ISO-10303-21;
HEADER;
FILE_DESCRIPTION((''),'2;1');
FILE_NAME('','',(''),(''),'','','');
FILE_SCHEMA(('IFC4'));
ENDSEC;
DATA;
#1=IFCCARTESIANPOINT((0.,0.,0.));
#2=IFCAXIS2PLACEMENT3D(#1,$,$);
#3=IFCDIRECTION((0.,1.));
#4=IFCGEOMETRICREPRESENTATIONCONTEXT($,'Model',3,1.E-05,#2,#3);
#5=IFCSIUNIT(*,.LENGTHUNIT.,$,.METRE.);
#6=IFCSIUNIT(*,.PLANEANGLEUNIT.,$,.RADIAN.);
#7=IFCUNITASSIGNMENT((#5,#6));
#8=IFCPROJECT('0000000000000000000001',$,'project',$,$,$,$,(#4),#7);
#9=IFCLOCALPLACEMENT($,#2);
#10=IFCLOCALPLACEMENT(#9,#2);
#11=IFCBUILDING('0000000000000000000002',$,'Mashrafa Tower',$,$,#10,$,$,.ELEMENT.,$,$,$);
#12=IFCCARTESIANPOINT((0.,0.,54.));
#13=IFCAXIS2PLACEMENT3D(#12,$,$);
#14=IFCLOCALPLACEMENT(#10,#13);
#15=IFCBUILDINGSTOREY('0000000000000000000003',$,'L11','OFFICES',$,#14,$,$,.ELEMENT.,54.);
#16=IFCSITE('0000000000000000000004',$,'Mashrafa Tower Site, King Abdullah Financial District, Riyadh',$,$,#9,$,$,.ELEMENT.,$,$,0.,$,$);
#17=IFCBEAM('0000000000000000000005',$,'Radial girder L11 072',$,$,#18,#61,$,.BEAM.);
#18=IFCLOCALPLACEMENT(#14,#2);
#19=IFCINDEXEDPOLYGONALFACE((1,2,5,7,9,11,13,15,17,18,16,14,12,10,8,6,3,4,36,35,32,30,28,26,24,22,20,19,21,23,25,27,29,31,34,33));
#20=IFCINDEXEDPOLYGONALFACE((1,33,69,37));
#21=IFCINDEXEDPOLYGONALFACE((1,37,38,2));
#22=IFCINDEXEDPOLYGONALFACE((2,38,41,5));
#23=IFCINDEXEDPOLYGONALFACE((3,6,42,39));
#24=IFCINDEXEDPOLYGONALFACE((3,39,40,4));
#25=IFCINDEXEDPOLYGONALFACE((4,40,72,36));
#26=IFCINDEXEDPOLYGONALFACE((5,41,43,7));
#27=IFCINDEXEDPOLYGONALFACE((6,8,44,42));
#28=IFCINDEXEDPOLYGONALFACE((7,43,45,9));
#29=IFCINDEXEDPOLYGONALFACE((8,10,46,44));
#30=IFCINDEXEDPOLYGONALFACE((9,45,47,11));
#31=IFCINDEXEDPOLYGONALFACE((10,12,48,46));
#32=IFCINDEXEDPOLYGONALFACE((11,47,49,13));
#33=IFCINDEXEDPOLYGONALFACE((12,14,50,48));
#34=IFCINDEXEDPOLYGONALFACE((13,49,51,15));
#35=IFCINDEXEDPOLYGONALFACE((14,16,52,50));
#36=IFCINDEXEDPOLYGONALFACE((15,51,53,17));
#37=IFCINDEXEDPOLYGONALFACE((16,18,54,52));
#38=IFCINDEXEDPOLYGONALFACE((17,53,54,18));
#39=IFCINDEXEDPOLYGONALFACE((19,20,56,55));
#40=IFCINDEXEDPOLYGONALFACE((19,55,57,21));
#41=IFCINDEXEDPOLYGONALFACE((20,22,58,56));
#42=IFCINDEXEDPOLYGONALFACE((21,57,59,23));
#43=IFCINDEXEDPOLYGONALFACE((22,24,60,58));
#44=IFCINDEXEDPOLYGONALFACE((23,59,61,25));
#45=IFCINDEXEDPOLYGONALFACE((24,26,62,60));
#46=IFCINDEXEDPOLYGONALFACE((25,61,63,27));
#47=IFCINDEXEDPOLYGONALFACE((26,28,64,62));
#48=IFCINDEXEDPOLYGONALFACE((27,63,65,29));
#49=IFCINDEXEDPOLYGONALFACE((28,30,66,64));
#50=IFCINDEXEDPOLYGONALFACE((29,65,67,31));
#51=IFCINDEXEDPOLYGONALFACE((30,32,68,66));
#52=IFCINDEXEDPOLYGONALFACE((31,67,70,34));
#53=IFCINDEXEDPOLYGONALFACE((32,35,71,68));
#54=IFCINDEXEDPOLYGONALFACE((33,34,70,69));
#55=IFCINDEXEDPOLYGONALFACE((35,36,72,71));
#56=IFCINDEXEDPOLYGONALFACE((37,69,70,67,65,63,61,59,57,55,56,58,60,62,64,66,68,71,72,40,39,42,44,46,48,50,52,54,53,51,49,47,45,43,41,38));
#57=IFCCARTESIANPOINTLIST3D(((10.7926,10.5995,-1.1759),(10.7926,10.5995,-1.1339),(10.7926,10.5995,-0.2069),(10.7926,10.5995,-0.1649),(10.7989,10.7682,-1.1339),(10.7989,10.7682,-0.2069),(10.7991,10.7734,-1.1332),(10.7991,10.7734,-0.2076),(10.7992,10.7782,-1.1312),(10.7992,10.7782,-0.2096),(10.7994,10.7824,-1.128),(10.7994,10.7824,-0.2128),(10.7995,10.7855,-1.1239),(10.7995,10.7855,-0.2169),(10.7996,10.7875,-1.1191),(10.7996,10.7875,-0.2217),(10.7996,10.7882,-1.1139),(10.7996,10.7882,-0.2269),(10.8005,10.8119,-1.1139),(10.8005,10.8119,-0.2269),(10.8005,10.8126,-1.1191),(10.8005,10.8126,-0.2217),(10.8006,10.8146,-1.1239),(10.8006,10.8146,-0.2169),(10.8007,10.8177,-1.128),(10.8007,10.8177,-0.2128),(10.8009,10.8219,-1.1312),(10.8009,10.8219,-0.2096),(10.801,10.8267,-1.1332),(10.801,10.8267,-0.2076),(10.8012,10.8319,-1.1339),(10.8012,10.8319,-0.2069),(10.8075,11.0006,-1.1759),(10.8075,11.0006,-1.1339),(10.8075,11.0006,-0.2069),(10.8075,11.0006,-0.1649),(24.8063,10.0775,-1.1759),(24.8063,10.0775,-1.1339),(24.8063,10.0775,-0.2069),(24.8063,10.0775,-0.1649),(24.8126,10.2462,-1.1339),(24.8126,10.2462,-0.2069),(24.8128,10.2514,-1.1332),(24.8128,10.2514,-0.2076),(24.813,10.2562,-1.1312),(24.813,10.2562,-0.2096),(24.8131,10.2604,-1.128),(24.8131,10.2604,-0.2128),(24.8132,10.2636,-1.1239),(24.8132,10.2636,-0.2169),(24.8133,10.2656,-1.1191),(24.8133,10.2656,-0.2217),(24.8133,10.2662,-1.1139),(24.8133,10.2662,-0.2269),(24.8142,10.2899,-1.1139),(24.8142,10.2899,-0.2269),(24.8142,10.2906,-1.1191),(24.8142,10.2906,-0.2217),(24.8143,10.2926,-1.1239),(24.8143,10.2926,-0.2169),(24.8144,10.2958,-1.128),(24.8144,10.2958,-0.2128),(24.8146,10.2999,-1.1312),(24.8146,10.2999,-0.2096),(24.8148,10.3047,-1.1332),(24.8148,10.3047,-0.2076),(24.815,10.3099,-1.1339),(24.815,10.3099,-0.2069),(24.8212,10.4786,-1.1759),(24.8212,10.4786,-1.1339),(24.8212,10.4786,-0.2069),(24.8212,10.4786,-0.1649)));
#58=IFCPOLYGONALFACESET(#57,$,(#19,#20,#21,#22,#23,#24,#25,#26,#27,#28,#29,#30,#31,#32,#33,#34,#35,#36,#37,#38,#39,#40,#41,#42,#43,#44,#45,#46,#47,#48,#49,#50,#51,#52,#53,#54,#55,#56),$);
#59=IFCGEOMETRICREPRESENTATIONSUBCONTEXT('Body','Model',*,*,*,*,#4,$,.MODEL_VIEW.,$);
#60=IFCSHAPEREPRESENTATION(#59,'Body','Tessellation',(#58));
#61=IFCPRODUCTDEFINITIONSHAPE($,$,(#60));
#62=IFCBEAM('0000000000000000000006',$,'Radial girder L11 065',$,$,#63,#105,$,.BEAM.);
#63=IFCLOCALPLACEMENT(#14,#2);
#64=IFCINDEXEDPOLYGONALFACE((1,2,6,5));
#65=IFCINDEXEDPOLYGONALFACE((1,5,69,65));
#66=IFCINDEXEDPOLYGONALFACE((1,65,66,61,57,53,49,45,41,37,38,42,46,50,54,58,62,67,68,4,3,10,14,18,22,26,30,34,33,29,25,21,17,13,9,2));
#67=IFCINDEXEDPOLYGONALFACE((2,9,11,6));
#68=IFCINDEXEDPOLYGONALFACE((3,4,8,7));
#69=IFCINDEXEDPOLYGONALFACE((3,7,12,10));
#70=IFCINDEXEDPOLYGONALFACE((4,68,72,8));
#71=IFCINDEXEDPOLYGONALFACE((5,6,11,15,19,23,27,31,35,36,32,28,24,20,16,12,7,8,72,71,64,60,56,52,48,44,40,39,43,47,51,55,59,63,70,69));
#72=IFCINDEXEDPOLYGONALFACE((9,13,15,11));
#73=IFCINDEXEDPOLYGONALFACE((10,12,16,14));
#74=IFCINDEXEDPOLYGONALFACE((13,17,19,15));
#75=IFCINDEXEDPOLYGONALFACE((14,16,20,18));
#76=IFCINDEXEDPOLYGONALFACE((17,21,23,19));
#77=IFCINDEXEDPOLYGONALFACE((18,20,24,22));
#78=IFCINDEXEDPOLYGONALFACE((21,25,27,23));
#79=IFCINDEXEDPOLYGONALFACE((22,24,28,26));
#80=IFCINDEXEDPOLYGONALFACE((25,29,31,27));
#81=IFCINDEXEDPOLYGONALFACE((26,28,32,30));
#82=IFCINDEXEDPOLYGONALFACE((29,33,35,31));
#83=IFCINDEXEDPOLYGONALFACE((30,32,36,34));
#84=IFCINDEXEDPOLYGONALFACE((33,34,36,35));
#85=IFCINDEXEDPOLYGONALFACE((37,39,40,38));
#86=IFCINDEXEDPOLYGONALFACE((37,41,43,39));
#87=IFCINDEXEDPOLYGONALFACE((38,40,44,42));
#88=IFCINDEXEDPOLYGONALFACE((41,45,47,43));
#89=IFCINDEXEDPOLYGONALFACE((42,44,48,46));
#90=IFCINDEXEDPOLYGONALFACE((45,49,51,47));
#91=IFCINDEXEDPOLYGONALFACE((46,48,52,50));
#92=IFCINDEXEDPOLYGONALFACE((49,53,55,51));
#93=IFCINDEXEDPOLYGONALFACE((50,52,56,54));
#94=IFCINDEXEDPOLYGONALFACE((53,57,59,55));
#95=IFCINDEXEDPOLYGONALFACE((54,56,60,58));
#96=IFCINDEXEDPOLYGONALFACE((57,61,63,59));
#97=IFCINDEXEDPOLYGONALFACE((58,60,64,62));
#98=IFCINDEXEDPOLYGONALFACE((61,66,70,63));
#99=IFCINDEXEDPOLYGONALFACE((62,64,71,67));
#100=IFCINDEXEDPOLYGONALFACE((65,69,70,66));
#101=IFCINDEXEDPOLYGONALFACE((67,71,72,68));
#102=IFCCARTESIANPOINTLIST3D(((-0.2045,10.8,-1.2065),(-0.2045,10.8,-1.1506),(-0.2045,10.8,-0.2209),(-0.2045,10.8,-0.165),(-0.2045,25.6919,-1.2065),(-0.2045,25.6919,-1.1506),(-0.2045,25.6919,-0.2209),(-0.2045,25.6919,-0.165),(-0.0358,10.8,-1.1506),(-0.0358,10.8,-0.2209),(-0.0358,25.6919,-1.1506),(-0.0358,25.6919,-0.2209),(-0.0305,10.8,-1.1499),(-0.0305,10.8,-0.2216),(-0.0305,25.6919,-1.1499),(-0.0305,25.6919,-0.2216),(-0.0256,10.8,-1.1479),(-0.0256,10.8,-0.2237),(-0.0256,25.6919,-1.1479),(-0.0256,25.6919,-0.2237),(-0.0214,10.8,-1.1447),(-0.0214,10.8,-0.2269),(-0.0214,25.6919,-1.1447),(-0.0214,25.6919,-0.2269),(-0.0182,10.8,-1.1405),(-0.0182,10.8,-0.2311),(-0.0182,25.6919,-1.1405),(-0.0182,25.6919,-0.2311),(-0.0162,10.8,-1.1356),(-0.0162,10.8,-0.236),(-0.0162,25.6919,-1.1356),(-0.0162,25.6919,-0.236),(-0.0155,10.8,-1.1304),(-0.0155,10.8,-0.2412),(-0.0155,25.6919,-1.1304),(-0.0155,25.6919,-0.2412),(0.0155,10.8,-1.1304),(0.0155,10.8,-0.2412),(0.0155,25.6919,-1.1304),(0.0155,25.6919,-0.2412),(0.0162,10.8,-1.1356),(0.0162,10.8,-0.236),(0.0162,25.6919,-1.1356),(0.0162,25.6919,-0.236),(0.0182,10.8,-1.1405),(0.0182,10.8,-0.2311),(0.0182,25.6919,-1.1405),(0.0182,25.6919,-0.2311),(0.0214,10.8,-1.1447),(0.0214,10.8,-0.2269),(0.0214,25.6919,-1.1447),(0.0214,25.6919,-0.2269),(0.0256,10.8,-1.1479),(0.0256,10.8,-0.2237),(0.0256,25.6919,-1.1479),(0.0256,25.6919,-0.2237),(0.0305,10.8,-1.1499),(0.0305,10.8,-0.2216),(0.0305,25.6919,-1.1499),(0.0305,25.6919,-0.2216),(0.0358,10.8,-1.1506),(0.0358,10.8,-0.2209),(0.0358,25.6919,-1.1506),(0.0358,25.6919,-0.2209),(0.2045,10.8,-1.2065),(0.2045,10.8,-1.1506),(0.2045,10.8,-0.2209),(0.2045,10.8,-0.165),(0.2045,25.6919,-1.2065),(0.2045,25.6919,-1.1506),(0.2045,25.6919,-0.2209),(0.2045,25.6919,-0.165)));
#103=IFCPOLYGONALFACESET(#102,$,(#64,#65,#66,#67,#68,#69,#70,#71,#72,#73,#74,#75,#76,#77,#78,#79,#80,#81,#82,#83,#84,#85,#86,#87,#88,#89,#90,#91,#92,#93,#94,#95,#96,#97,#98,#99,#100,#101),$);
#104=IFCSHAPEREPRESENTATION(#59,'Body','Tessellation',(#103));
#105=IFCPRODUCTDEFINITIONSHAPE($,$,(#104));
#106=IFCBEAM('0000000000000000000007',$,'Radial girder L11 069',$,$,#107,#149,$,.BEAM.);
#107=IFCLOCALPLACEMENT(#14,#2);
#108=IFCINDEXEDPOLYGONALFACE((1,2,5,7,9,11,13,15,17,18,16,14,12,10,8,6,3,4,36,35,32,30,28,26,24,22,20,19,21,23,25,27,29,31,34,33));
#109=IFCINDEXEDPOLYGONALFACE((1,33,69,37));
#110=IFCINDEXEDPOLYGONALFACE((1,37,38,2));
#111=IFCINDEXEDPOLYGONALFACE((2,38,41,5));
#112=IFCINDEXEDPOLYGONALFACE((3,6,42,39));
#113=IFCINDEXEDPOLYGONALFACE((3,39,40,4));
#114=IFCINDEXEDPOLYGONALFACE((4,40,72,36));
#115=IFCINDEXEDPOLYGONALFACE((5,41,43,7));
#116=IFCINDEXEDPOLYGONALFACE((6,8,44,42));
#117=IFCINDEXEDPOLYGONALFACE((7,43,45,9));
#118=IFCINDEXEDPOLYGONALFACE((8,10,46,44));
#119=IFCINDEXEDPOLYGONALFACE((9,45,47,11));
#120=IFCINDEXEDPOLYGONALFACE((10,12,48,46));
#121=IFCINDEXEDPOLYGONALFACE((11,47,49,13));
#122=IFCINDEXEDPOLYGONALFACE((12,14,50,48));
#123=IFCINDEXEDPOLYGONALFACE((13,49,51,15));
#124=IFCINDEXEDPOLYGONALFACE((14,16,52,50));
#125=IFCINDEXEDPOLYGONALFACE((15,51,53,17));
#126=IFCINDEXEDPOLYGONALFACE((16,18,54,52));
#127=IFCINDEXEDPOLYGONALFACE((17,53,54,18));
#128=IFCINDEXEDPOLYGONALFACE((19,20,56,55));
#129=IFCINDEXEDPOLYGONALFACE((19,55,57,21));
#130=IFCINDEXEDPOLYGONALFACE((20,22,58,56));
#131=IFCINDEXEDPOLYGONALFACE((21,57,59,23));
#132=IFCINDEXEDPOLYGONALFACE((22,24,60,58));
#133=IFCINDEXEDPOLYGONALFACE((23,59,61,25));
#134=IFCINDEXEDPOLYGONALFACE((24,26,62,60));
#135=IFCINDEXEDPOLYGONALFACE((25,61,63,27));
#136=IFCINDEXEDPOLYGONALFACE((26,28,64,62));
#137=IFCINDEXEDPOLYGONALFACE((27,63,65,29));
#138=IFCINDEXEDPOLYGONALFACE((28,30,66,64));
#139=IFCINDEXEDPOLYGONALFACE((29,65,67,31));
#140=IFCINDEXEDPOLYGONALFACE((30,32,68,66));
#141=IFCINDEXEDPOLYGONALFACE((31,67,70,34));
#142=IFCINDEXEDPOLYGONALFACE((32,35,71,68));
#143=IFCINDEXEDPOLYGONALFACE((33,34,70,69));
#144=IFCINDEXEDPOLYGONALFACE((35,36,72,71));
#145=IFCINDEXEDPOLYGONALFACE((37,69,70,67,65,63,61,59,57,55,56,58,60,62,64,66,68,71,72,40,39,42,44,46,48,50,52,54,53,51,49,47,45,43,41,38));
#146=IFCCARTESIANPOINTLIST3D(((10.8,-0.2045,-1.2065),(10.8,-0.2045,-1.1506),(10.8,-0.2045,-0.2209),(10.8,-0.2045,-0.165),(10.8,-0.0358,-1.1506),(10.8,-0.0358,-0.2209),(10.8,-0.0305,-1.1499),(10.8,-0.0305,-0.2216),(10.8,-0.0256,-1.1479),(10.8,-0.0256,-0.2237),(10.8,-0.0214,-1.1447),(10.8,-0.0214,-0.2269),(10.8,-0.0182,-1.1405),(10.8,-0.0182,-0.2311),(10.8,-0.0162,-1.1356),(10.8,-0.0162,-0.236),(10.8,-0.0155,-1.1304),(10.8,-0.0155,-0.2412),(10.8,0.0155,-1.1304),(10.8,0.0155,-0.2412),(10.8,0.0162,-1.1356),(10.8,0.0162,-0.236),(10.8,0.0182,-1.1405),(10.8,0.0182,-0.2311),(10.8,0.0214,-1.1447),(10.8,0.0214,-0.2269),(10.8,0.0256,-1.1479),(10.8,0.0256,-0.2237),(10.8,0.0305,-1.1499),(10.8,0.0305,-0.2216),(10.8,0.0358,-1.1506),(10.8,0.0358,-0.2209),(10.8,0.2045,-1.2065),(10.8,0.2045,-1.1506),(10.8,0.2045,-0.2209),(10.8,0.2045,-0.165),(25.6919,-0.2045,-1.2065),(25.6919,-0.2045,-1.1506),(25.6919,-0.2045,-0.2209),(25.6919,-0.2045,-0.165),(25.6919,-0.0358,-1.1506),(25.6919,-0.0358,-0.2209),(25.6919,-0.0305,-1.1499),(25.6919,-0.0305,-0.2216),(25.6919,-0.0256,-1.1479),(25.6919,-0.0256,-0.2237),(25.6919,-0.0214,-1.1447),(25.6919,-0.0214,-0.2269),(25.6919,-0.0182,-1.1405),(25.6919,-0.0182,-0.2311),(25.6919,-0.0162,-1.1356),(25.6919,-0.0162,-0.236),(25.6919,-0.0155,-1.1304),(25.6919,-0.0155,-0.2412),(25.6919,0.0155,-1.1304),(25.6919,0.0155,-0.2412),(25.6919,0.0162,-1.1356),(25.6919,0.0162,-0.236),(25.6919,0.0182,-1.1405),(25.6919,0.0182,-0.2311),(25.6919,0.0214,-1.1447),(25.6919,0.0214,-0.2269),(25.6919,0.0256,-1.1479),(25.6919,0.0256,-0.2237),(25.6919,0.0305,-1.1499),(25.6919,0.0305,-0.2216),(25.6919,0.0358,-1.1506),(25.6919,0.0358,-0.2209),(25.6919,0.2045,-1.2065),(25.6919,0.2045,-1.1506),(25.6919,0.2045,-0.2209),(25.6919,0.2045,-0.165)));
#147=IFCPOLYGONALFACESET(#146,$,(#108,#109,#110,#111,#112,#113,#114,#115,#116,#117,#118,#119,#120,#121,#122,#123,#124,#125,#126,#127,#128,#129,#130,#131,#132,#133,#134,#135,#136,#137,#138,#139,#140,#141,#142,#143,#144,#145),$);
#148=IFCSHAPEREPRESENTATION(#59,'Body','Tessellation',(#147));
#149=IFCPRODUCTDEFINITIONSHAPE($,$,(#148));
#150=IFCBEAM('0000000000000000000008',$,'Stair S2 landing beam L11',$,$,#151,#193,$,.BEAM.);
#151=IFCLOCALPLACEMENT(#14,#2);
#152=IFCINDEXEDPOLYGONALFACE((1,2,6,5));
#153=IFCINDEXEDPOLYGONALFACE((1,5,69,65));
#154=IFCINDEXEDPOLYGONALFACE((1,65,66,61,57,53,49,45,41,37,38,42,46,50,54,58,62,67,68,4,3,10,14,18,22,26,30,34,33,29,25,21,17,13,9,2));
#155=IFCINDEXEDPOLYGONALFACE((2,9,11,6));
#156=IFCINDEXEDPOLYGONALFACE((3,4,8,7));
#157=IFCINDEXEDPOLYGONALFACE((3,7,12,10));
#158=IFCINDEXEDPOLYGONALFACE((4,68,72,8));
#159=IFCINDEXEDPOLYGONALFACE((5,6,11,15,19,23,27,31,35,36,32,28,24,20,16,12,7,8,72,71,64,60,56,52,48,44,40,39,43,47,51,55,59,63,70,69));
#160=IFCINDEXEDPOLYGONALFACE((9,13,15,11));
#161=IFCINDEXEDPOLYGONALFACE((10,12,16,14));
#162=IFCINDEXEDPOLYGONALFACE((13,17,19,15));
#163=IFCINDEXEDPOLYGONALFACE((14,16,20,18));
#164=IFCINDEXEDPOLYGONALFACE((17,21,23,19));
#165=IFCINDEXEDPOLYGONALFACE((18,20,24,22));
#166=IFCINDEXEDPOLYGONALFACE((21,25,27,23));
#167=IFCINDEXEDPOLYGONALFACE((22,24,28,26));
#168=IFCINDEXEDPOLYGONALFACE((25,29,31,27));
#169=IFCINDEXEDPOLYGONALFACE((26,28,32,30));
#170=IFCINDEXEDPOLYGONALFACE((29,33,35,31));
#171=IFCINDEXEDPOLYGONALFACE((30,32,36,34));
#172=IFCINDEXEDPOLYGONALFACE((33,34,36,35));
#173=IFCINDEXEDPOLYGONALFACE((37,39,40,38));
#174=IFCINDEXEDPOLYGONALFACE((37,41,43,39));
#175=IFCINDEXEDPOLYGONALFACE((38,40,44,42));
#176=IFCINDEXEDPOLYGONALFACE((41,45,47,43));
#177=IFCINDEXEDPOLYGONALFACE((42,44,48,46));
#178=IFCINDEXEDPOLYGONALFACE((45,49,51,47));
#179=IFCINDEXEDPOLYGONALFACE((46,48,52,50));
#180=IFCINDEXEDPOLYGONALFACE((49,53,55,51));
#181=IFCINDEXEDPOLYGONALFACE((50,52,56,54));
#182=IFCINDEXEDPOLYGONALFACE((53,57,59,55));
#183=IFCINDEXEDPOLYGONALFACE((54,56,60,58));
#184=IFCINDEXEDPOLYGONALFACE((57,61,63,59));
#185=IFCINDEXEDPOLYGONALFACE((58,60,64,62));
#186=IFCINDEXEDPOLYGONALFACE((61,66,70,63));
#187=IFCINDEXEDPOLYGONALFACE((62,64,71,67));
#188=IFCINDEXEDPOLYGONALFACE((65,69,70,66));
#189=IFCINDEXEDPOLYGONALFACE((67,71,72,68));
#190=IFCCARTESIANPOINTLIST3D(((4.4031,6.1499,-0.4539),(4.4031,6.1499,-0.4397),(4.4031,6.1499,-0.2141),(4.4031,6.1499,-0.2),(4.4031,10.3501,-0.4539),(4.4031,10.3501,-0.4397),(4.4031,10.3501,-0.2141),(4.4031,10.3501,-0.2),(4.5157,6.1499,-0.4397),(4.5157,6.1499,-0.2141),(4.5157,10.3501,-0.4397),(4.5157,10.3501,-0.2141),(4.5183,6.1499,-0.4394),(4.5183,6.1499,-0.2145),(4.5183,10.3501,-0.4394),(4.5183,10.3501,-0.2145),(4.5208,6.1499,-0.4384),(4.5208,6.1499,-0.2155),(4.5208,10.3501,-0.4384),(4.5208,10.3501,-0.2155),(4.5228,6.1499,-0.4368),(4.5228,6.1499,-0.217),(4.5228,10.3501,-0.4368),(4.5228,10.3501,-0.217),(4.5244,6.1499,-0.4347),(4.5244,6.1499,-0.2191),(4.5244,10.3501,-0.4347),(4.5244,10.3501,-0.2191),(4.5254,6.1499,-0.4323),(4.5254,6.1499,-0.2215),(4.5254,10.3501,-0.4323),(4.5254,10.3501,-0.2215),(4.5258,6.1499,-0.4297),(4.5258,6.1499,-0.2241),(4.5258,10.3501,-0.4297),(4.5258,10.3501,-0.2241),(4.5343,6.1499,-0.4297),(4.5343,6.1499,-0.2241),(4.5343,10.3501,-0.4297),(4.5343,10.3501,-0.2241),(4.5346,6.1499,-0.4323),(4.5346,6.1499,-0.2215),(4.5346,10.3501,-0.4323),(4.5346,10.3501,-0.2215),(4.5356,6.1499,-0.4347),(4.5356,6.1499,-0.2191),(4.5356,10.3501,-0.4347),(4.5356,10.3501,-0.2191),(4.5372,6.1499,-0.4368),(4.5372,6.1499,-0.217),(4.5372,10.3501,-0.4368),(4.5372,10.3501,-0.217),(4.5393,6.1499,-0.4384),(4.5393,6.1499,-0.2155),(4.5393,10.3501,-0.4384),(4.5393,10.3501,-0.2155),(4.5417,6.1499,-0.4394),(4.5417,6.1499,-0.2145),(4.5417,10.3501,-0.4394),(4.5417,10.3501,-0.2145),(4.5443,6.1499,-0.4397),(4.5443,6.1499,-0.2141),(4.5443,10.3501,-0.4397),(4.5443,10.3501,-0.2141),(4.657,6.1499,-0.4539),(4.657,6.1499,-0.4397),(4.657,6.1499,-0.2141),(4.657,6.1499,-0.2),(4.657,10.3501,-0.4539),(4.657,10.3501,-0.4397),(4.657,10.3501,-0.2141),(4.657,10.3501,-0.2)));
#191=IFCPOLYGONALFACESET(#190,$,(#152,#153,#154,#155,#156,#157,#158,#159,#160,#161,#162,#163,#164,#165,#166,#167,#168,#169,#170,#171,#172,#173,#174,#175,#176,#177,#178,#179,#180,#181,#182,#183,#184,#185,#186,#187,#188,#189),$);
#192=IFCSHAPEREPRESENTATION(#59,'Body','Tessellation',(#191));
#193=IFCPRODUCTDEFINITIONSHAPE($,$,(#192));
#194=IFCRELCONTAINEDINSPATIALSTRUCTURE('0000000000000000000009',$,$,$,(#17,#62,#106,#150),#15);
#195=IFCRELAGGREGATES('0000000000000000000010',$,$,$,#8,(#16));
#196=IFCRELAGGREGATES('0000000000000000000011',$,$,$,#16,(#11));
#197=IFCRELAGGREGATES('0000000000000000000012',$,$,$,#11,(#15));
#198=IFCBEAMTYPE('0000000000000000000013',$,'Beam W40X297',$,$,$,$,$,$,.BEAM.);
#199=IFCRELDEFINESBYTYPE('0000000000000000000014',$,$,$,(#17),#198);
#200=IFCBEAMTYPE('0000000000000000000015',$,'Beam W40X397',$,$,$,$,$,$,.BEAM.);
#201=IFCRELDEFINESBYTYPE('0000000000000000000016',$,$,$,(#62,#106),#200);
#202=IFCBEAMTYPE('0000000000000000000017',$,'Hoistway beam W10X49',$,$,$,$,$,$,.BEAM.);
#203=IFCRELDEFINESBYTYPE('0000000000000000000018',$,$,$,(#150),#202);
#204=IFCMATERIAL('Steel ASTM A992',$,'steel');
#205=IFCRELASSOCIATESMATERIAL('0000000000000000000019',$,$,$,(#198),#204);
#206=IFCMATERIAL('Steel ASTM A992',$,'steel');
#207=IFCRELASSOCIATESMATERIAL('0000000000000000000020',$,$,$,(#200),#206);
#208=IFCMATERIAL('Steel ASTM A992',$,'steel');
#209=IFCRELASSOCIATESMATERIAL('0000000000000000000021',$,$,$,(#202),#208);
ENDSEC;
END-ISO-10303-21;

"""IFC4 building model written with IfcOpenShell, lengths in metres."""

from ifc_helpers import new_model, si_unit, direction, frame, origin, origin_2d, place, context, subcontext, project, spatial, i_section, extrude, material, material_profile, profile_set, type_object, element, save


model = new_model("IFC4")

# Units and contexts
model_context = context("Model", 3, precision=1e-05, world=origin(), true_north=direction((0.0, 1.0)))
body_context = subcontext(model_context, "Body", "Model", "MODEL_VIEW")
ifc_project = project(units=[si_unit("LENGTHUNIT", "METRE"), si_unit("PLANEANGLEUNIT", "RADIAN")], contexts=[model_context])

# Site, building, storey
site_placement = place(None, origin())
site = spatial("IfcSite", under=ifc_project, at=site_placement, Name="Mashrafa Tower Site, King Abdullah Financial District, Riyadh", CompositionType="ELEMENT", RefElevation=0.0)
building_placement = place(site_placement, origin())
building = spatial("IfcBuilding", under=site, at=building_placement, Name="Mashrafa Tower", CompositionType="ELEMENT")
storey_placement = place(building_placement, frame((0.0, 0.0, 54.0)))
storey = spatial("IfcBuildingStorey", under=building, at=storey_placement, Name="L11", Description="OFFICES", CompositionType="ELEMENT", Elevation=54.0)

# Beams
ifc_material_1 = material(Name="Steel ASTM A992", Category="steel")
ifc_material_profile_1 = material_profile(ifc_material_1, i_section(OverallWidth=0.4014, OverallDepth=1.011, WebThickness=0.0237, FlangeThickness=0.042, FilletRadius=0.02, at=origin_2d()), Name="W40X297")
ifc_profile_set_1 = profile_set([ifc_material_profile_1], Name="Steel ASTM A992")
beam_type_1 = type_object("IfcBeamType", Name="Beam W40X297", PredefinedType="BEAM", material=ifc_profile_set_1)
for number, where, z_axis, x_axis, name in (
    (1, (10.8, 10.8, -0.6704), (0.999307, -0.037222, 0.0), (0.037222, 0.999307, 0.0), "Radial girder L11 072"),
):
    element("IfcBeam", number, at=place(storey_placement, frame(where, z_axis=z_axis, x_axis=x_axis)), inside=storey, type_object=beam_type_1, Name=name, PredefinedType="BEAM", context=body_context, shape_type="SweptSolid", body=[
        extrude(i_section(OverallWidth=0.4014, OverallDepth=1.011, WebThickness=0.0237, FlangeThickness=0.042, FilletRadius=0.02, at=origin_2d()), origin(), (0.0, 0.0, 1.0), 14.0234),
    ])
ifc_material_2 = material(Name="Steel ASTM A992", Category="steel")
ifc_material_profile_2 = material_profile(ifc_material_2, i_section(OverallWidth=0.4089, OverallDepth=1.0415, WebThickness=0.031, FlangeThickness=0.0559, FilletRadius=0.0203, at=origin_2d()), Name="W40X397")
ifc_profile_set_2 = profile_set([ifc_material_profile_2], Name="Steel ASTM A992")
beam_type_2 = type_object("IfcBeamType", Name="Beam W40X397", PredefinedType="BEAM", material=ifc_profile_set_2)
for number, where, z_axis, x_axis, name in (
    (2, (0.0, 10.8, -0.6858), (0.0, 1.0, 0.0), (-1.0, 0.0, 0.0), "Radial girder L11 065"),
    (3, (10.8, 0.0, -0.6858), (1.0, 0.0, 0.0), (0.0, 1.0, 0.0), "Radial girder L11 069"),
):
    element("IfcBeam", number, at=place(storey_placement, frame(where, z_axis=z_axis, x_axis=x_axis)), inside=storey, type_object=beam_type_2, Name=name, PredefinedType="BEAM", context=body_context, shape_type="SweptSolid", body=[
        extrude(i_section(OverallWidth=0.4089, OverallDepth=1.0415, WebThickness=0.031, FlangeThickness=0.0559, FilletRadius=0.0203, at=origin_2d()), origin(), (0.0, 0.0, 1.0), 14.8918),
    ])
ifc_material_3 = material(Name="Steel ASTM A992", Category="steel")
ifc_material_profile_3 = material_profile(ifc_material_3, i_section(OverallWidth=0.2539, OverallDepth=0.2539, WebThickness=0.0085, FlangeThickness=0.0142, FilletRadius=0.01, at=origin_2d()), Name="W10X49")
ifc_profile_set_3 = profile_set([ifc_material_profile_3], Name="Steel ASTM A992")
beam_type_3 = type_object("IfcBeamType", Name="Hoistway beam W10X49", PredefinedType="BEAM", material=ifc_profile_set_3)
beam_1_placement = place(storey_placement, frame((4.53, 6.1499, -0.3269), z_axis=(0.0, 1.0, 0.0), x_axis=(-1.0, 0.0, 0.0)))
element("IfcBeam", 4, at=beam_1_placement, inside=storey, type_object=beam_type_3, Name="Stair S2 landing beam L11", PredefinedType="BEAM", context=body_context, shape_type="SweptSolid", body=[
    extrude(i_section(OverallWidth=0.2539, OverallDepth=0.2539, WebThickness=0.0085, FlangeThickness=0.0142, FilletRadius=0.01, at=origin_2d()), origin(), (0.0, 0.0, 1.0), 4.2002),
])

save(model, "model.ifc")
